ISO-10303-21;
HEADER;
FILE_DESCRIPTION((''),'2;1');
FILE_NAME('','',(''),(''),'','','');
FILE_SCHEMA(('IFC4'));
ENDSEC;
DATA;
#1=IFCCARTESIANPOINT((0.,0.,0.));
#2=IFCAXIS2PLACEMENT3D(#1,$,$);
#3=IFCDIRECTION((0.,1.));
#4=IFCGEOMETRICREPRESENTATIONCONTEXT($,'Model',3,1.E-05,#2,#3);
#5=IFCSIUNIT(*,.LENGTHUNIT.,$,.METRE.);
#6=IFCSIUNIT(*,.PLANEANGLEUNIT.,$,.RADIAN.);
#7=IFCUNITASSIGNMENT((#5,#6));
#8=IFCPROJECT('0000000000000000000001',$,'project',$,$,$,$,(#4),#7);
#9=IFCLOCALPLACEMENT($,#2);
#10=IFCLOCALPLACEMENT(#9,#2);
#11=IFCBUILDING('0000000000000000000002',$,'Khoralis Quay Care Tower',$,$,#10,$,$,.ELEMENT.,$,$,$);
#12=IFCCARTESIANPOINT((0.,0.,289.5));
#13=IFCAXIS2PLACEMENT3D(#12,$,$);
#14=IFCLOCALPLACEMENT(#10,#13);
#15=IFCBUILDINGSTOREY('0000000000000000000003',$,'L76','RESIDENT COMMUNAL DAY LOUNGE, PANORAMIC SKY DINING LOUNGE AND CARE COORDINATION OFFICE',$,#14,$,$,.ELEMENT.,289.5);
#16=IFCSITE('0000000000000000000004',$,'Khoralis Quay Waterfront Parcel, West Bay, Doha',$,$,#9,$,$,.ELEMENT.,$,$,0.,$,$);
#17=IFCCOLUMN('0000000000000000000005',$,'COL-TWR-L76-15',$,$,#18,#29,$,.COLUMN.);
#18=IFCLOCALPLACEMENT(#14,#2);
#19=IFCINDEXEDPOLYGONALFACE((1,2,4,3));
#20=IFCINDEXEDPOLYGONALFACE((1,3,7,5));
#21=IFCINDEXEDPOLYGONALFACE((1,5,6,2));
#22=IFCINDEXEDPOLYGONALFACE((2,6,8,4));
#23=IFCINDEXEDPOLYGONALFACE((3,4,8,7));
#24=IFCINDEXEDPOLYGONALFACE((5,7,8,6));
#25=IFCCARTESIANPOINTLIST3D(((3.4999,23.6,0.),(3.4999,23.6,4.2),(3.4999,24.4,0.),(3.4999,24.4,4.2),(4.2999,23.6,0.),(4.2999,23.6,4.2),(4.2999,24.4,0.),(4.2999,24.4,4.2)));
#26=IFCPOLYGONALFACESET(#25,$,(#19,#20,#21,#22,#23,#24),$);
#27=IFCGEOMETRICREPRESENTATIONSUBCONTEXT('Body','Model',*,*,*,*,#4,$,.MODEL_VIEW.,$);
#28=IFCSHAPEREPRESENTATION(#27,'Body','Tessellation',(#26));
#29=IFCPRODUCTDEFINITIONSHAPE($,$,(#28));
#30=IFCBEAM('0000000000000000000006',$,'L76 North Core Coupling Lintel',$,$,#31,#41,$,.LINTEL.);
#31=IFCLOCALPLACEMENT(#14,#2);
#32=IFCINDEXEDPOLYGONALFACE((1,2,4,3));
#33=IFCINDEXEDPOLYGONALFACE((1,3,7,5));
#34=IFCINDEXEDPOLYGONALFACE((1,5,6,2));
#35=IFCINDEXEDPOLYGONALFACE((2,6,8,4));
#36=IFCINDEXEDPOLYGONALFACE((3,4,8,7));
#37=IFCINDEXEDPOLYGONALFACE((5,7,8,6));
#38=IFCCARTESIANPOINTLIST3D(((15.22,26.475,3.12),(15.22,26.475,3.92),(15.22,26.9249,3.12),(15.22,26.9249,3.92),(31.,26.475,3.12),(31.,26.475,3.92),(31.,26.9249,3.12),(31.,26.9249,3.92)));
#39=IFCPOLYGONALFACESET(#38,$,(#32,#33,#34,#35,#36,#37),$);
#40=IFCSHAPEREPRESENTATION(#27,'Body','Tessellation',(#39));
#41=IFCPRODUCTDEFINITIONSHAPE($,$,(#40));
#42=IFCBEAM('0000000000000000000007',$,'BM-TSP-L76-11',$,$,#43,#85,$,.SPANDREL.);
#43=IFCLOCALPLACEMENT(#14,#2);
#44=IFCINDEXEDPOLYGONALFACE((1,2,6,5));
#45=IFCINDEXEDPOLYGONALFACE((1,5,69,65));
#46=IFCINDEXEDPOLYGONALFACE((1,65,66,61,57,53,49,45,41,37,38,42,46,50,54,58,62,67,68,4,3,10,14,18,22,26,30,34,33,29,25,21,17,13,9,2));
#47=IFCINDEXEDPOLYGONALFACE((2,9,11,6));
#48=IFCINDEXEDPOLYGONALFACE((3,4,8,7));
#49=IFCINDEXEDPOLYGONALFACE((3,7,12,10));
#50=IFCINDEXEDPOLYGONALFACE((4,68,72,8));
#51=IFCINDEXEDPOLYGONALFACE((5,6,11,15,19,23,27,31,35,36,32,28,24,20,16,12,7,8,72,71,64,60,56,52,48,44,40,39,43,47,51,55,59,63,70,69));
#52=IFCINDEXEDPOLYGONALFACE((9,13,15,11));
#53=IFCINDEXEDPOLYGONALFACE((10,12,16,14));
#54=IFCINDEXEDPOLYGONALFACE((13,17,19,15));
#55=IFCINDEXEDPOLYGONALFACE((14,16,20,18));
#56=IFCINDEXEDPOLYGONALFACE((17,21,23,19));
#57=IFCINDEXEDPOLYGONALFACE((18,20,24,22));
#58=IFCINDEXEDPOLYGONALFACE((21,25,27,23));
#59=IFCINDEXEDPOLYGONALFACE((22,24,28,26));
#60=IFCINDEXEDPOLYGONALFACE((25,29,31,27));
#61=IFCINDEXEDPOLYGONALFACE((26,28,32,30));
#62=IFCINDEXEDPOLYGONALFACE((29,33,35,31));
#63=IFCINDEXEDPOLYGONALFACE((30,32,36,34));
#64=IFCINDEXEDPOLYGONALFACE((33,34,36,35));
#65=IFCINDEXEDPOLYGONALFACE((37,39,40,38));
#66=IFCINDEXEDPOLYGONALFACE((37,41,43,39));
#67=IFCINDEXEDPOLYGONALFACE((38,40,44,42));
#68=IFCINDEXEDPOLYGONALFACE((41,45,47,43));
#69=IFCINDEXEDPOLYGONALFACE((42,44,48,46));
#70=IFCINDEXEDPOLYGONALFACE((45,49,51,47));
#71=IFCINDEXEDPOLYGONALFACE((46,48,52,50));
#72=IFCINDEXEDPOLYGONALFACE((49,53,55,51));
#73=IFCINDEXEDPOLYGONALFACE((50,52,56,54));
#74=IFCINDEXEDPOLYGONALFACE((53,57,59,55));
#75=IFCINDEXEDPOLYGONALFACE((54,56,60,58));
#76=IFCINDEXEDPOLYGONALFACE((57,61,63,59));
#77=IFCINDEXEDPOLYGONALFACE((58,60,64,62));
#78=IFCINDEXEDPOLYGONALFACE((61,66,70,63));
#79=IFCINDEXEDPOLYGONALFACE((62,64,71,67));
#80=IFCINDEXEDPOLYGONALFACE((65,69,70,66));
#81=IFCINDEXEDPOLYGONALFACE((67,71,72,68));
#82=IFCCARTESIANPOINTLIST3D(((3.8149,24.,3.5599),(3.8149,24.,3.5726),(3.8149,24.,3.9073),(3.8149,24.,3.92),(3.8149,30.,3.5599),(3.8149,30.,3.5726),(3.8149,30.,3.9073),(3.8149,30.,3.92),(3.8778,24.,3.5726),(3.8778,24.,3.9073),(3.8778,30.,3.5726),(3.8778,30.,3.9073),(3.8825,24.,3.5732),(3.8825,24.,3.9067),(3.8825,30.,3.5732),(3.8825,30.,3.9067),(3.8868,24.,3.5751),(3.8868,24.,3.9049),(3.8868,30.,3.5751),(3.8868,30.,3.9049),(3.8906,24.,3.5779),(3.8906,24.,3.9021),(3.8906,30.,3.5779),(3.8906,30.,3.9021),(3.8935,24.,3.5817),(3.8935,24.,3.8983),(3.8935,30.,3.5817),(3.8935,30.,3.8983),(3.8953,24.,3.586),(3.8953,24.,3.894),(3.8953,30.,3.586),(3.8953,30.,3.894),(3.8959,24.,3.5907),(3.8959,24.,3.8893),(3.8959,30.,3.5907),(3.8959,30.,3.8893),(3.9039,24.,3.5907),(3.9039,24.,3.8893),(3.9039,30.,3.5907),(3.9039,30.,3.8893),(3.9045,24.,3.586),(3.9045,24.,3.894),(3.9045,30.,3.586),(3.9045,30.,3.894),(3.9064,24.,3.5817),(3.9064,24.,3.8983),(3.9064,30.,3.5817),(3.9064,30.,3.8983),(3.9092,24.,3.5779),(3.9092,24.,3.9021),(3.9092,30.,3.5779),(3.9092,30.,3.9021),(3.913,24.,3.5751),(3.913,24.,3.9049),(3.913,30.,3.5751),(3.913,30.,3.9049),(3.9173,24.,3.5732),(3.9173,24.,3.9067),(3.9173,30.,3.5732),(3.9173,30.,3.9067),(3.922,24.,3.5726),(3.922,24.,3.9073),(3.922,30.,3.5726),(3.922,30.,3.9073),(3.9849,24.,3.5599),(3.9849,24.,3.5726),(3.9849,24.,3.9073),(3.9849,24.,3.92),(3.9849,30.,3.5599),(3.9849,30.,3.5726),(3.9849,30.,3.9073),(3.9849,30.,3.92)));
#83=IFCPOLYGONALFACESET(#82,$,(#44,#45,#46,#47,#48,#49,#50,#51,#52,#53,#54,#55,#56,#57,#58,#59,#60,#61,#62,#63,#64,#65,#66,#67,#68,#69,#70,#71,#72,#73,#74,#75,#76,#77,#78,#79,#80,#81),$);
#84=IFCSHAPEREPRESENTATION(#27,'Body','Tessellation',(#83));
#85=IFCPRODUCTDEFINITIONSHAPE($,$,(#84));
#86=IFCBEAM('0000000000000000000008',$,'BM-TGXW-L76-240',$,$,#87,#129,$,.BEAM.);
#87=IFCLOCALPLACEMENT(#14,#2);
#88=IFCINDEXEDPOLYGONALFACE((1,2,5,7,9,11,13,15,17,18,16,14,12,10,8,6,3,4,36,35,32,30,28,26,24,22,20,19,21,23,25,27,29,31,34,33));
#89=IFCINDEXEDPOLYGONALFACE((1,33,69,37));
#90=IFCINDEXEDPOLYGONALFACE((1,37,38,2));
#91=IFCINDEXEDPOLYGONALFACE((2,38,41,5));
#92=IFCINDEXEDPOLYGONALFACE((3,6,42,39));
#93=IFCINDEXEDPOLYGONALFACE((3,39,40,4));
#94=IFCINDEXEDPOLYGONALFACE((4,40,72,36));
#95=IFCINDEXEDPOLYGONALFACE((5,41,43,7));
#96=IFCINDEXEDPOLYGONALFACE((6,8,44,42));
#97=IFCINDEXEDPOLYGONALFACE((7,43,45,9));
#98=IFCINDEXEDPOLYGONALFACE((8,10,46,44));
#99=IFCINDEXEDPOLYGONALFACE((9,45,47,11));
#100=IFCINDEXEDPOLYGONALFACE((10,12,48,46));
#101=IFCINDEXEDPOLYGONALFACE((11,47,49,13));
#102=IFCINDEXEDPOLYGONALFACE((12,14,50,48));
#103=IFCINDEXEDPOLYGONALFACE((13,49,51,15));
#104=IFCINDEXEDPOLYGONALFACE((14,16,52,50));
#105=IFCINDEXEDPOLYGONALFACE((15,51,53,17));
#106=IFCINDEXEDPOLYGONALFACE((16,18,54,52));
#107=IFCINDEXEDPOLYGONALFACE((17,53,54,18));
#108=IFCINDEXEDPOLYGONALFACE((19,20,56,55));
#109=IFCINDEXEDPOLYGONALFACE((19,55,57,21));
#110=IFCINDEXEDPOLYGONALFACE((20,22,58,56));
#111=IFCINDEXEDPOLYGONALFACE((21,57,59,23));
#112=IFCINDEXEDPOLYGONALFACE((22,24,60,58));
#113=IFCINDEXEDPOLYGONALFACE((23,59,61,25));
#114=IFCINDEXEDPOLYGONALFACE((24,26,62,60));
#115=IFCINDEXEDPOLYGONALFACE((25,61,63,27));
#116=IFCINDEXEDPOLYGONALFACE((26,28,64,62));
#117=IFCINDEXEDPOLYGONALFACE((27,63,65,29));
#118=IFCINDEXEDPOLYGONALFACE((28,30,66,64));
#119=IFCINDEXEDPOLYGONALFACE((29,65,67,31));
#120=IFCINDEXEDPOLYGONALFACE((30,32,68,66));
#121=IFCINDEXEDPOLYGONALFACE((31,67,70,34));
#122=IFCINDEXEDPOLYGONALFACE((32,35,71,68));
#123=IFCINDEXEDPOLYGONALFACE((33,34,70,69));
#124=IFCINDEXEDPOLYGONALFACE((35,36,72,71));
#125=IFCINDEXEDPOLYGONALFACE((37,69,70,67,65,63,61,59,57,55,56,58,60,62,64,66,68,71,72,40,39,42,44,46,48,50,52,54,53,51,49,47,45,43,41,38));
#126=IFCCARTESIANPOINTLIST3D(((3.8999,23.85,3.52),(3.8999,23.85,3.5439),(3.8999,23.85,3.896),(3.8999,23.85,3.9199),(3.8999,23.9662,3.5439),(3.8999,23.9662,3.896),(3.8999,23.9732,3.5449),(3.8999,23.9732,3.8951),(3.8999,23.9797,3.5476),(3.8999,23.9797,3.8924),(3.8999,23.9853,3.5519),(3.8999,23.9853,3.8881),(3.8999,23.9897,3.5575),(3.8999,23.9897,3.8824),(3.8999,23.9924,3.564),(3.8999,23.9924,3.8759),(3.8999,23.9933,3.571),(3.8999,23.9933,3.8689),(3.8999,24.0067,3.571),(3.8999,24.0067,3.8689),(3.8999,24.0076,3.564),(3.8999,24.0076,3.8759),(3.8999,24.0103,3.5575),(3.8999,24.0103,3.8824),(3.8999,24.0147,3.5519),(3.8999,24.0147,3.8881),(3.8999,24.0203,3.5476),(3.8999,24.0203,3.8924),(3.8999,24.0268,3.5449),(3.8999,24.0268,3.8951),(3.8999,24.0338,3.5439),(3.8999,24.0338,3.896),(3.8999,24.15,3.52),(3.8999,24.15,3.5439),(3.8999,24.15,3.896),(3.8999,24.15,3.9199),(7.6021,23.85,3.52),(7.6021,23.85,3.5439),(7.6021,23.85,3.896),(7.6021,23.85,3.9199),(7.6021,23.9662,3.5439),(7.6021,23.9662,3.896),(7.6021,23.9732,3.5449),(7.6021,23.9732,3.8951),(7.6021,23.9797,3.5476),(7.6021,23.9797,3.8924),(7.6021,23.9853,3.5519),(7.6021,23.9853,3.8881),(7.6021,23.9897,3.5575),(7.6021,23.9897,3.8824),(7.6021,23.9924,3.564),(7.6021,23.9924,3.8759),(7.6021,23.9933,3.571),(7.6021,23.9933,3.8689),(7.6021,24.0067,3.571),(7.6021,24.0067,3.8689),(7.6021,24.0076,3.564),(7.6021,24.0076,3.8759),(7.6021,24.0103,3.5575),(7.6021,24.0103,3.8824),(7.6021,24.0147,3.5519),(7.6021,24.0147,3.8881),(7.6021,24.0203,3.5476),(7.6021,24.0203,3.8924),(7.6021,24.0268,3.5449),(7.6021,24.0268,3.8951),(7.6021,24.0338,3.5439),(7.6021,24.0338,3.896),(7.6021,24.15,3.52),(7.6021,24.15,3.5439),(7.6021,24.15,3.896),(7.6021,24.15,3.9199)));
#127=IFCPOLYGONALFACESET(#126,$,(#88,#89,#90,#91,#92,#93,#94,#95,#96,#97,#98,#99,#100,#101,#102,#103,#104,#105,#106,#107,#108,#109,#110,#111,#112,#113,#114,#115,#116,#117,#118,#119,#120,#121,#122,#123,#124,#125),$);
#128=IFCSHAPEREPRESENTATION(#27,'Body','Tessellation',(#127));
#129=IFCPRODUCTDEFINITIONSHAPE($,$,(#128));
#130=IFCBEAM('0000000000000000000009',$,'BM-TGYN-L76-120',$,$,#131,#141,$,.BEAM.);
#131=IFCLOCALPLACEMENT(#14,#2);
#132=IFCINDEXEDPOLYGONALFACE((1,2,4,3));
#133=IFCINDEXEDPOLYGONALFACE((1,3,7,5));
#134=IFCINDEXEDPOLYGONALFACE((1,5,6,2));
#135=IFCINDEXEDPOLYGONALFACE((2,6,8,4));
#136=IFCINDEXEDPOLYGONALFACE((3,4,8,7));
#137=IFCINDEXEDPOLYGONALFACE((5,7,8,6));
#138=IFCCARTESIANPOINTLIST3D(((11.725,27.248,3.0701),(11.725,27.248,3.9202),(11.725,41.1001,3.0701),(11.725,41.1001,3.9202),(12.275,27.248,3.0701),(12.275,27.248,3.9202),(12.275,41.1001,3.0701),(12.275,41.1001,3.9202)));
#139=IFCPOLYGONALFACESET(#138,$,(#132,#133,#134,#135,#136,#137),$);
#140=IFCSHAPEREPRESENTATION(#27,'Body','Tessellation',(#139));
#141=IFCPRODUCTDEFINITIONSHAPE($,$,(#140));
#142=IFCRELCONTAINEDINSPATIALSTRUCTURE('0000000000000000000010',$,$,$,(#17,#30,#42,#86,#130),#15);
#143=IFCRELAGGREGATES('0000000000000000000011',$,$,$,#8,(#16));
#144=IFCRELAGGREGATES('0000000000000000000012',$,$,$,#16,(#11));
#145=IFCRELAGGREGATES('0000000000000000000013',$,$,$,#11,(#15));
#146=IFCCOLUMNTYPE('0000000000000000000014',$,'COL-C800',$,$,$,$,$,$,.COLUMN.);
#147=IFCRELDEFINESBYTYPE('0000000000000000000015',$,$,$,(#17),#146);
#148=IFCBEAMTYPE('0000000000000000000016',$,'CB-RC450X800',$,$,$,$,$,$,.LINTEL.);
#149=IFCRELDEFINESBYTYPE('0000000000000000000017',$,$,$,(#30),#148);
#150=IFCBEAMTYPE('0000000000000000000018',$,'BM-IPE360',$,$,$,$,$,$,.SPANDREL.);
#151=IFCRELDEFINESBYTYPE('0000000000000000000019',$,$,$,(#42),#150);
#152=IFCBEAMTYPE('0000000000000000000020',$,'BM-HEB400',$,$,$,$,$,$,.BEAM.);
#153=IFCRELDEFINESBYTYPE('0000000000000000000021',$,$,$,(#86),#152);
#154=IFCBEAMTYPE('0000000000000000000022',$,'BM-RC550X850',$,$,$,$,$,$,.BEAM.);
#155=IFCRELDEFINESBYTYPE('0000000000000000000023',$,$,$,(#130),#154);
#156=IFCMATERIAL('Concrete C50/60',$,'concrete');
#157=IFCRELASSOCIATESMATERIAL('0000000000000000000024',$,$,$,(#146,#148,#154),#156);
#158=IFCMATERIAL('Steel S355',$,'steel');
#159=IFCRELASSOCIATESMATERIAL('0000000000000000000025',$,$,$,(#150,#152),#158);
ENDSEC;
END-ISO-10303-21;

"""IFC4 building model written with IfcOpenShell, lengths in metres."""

from ifc_helpers import new_model, si_unit, direction, frame, origin, origin_2d, place, context, subcontext, project, spatial, rectangle, i_section, extrude, source, transform, mapped, material, material_profile, profile_set, type_object, element, save


model = new_model("IFC4")

# Units and contexts
model_context = context("Model", 3, precision=1e-05, world=origin(), true_north=direction((0.0, 1.0)))
body_context = subcontext(model_context, "Body", "Model", "MODEL_VIEW")
ifc_project = project(units=[si_unit("LENGTHUNIT", "METRE"), si_unit("PLANEANGLEUNIT", "RADIAN")], contexts=[model_context])

# Site, building, storey
site_placement = place(None, origin())
site = spatial("IfcSite", under=ifc_project, at=site_placement, Name="Khoralis Quay Waterfront Parcel, West Bay, Doha", CompositionType="ELEMENT", RefElevation=0.0)
building_placement = place(site_placement, origin())
building = spatial("IfcBuilding", under=site, at=building_placement, Name="Khoralis Quay Care Tower", CompositionType="ELEMENT")
storey_placement = place(building_placement, frame((0.0, 0.0, 289.5)))
storey = spatial("IfcBuildingStorey", under=building, at=storey_placement, Name="L76", Description="RESIDENT COMMUNAL DAY LOUNGE, PANORAMIC SKY DINING LOUNGE AND CARE COORDINATION OFFICE", CompositionType="ELEMENT", Elevation=289.5)

# Column
ifc_material_1 = material(Name="Concrete C50/60", Category="concrete")
ifc_material_profile_1 = material_profile(ifc_material_1, rectangle(XDim=0.8, YDim=0.8, at=origin_2d()), Name="Concrete C50/60")
ifc_profile_set_1 = profile_set([ifc_material_profile_1], Name="Concrete C50/60")
column_type = type_object("IfcColumnType", Name="COL-C800", PredefinedType="COLUMN", material=ifc_profile_set_1)
shared_shape_1 = source(origin(), body_context, "Body", "SweptSolid", [
    extrude(rectangle(XDim=0.8, YDim=0.8, at=origin_2d()), origin(), (0.0, 0.0, 1.0), 4.2),
])
column_placement = place(storey_placement, frame((3.8999, 24.0, 0.0), z_axis=(0.0, 0.0, 1.0), x_axis=(1.0, 0.0, 0.0)))
element("IfcColumn", 1, at=column_placement, inside=storey, type_object=column_type, Name="COL-TWR-L76-15", PredefinedType="COLUMN", context=body_context, shape_type="MappedRepresentation", body=[
    mapped(shared_shape_1, transform((0.0, 0.0, 0.0), scale=1.0)),
])

# Beams
ifc_material_profile_2 = material_profile(ifc_material_1, rectangle(XDim=0.45, YDim=0.8, at=origin_2d()), Name="Concrete C50/60")
ifc_profile_set_2 = profile_set([ifc_material_profile_2], Name="Concrete C50/60")
beam_type_1 = type_object("IfcBeamType", Name="CB-RC450X800", PredefinedType="LINTEL", material=ifc_profile_set_2)
shared_shape_2 = source(origin(), body_context, "Body", "SweptSolid", [
    extrude(rectangle(XDim=0.45, YDim=0.8, at=origin_2d()), origin(), (0.0, 0.0, 1.0), 15.78),
])
beam_1_placement = place(storey_placement, frame((15.22, 26.7, 3.52), z_axis=(1.0, 0.0, 0.0), x_axis=(0.0, 1.0, 0.0)))
element("IfcBeam", 2, at=beam_1_placement, inside=storey, type_object=beam_type_1, Name="L76 North Core Coupling Lintel", PredefinedType="LINTEL", context=body_context, shape_type="MappedRepresentation", body=[
    mapped(shared_shape_2, transform((0.0, 0.0, 0.0), scale=1.0)),
])
ifc_material_2 = material(Name="Steel S355", Category="steel")
ifc_material_profile_3 = material_profile(ifc_material_2, i_section(OverallWidth=0.1699, OverallDepth=0.3601, WebThickness=0.0081, FlangeThickness=0.0127, FilletRadius=0.0181, at=origin_2d()), Name="Steel S355")
ifc_profile_set_3 = profile_set([ifc_material_profile_3], Name="Steel S355")
beam_type_2 = type_object("IfcBeamType", Name="BM-IPE360", PredefinedType="SPANDREL", material=ifc_profile_set_3)
shared_shape_3 = source(origin(), body_context, "Body", "SweptSolid", [
    extrude(i_section(OverallWidth=0.1699, OverallDepth=0.3601, WebThickness=0.0081, FlangeThickness=0.0127, FilletRadius=0.0181, at=origin_2d()), origin(), (0.0, 0.0, 1.0), 6.0),
])
beam_2_placement = place(storey_placement, frame((3.8999, 24.0, 3.74), z_axis=(0.0, 1.0, 0.0), x_axis=(-1.0, 0.0, 0.0)))
element("IfcBeam", 3, at=beam_2_placement, inside=storey, type_object=beam_type_2, Name="BM-TSP-L76-11", PredefinedType="SPANDREL", context=body_context, shape_type="MappedRepresentation", body=[
    mapped(shared_shape_3, transform((0.0, 0.0, 0.0), scale=1.0)),
])
ifc_material_profile_4 = material_profile(ifc_material_2, i_section(OverallWidth=0.3, OverallDepth=0.3999, WebThickness=0.0134, FlangeThickness=0.0239, FilletRadius=0.0271, at=origin_2d()), Name="Steel S355")
ifc_profile_set_4 = profile_set([ifc_material_profile_4], Name="Steel S355")
beam_type_3 = type_object("IfcBeamType", Name="BM-HEB400", PredefinedType="BEAM", material=ifc_profile_set_4)
shared_shape_4 = source(origin(), body_context, "Body", "SweptSolid", [
    extrude(i_section(OverallWidth=0.3, OverallDepth=0.3999, WebThickness=0.0134, FlangeThickness=0.0239, FilletRadius=0.0271, at=origin_2d()), origin(), (0.0, 0.0, 1.0), 3.7021),
])
beam_3_placement = place(storey_placement, frame((3.8999, 24.0, 3.72), z_axis=(1.0, 0.0, 0.0), x_axis=(0.0, 1.0, 0.0)))
element("IfcBeam", 4, at=beam_3_placement, inside=storey, type_object=beam_type_3, Name="BM-TGXW-L76-240", PredefinedType="BEAM", context=body_context, shape_type="MappedRepresentation", body=[
    mapped(shared_shape_4, transform((0.0, 0.0, 0.0), scale=1.0)),
])
ifc_material_profile_5 = material_profile(ifc_material_1, rectangle(XDim=0.55, YDim=0.8501, at=origin_2d()), Name="Concrete C50/60")
ifc_profile_set_5 = profile_set([ifc_material_profile_5], Name="Concrete C50/60")
beam_type_4 = type_object("IfcBeamType", Name="BM-RC550X850", PredefinedType="BEAM", material=ifc_profile_set_5)
shared_shape_5 = source(origin(), body_context, "Body", "SweptSolid", [
    extrude(rectangle(XDim=0.55, YDim=0.8501, at=origin_2d()), origin(), (0.0, 0.0, 1.0), 13.8521),
])
beam_4_placement = place(storey_placement, frame((12.0, 27.248, 3.4951), z_axis=(0.0, 1.0, 0.0), x_axis=(-1.0, 0.0, 0.0)))
element("IfcBeam", 5, at=beam_4_placement, inside=storey, type_object=beam_type_4, Name="BM-TGYN-L76-120", PredefinedType="BEAM", context=body_context, shape_type="MappedRepresentation", body=[
    mapped(shared_shape_5, transform((0.0, 0.0, 0.0), scale=1.0)),
])

save(model, "model.ifc")
